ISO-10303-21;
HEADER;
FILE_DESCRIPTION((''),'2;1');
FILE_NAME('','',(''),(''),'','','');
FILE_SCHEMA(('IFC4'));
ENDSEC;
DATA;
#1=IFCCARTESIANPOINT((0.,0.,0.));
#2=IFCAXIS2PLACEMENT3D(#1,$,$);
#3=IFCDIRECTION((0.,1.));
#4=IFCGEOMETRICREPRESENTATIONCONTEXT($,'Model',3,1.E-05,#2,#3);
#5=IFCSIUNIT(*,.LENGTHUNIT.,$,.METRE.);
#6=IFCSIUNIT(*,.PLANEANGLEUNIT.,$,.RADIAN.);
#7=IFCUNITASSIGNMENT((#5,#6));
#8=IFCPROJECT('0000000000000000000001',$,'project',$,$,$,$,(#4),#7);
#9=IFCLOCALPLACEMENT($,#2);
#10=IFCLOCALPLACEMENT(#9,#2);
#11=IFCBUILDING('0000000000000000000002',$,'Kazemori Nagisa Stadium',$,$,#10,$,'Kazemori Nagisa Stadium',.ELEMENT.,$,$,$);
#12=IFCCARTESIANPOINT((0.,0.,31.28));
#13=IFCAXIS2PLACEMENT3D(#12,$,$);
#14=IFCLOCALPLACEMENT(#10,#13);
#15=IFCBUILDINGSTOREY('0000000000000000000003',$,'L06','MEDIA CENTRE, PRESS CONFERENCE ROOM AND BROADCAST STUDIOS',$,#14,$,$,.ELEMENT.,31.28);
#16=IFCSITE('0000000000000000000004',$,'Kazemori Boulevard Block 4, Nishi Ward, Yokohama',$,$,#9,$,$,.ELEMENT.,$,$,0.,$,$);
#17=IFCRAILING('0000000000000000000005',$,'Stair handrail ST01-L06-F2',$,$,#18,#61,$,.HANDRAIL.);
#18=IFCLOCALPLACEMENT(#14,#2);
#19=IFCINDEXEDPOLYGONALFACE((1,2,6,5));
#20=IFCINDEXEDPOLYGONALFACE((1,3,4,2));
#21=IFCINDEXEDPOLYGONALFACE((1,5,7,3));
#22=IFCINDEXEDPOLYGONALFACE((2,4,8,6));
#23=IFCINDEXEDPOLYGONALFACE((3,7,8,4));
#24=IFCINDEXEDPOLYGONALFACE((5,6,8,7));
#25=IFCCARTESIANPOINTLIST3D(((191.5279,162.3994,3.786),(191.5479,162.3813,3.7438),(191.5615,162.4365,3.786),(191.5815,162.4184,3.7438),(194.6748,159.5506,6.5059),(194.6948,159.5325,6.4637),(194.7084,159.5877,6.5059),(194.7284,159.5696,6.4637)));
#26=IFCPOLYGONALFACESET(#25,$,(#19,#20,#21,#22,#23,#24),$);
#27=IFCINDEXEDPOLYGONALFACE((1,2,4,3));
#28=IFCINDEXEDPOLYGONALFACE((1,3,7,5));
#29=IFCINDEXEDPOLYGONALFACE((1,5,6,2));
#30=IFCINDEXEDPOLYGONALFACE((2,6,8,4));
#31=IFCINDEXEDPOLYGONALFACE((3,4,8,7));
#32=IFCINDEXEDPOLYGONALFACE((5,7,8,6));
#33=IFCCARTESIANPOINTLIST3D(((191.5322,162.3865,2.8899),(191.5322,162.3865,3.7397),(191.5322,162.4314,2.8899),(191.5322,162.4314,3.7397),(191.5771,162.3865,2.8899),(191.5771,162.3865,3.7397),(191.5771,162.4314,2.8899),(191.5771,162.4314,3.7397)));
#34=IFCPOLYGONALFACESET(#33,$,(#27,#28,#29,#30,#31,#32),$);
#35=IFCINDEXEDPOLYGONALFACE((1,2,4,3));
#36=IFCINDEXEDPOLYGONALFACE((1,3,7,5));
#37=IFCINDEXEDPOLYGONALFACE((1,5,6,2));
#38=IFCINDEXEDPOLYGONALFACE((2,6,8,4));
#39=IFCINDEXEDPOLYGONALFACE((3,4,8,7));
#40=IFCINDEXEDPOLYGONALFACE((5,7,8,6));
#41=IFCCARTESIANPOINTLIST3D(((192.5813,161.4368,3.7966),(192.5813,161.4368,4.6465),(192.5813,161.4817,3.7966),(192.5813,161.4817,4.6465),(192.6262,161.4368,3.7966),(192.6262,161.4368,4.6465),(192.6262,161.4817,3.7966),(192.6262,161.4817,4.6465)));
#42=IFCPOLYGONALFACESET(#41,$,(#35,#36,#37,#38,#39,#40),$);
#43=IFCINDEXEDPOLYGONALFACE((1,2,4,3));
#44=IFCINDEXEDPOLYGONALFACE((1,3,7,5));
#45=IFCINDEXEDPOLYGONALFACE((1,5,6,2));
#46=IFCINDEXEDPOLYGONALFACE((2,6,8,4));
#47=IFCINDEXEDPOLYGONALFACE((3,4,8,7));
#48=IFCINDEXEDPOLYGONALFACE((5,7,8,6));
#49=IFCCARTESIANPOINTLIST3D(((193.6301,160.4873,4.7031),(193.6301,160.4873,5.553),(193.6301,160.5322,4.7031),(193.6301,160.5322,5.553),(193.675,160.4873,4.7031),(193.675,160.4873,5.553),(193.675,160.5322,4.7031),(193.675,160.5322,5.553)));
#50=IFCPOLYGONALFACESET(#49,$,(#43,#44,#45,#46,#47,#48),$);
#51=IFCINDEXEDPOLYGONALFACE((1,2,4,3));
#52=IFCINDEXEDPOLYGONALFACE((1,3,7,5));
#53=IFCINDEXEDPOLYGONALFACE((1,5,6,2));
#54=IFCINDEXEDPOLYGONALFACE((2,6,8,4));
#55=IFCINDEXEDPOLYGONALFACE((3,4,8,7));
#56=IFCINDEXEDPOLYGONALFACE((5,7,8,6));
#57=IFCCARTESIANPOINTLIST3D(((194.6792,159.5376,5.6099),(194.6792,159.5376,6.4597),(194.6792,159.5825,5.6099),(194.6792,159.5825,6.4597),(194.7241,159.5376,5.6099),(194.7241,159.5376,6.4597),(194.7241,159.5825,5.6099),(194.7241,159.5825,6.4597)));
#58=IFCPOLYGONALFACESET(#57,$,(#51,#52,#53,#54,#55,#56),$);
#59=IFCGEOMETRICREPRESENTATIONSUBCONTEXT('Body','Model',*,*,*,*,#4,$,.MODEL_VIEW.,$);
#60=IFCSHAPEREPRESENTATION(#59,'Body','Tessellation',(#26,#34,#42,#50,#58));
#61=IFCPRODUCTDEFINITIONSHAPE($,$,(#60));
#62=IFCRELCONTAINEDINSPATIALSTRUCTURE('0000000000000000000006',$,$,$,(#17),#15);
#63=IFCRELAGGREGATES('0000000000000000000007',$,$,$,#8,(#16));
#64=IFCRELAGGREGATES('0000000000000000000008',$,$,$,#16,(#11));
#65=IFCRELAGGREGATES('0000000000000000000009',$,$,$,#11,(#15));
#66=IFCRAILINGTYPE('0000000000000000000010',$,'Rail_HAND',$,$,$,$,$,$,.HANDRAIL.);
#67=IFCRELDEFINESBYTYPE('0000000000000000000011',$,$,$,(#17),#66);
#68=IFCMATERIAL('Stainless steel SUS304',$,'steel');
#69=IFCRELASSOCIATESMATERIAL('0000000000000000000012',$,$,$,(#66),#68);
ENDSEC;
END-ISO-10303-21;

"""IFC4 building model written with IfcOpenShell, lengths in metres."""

from ifc_helpers import new_model, si_unit, direction, frame, origin, origin_2d, place, context, subcontext, project, spatial, rectangle, extrude, material, type_object, element, save


model = new_model("IFC4")

# Units and contexts
model_context = context("Model", 3, precision=1e-05, world=origin(), true_north=direction((0.0, 1.0)))
body_context = subcontext(model_context, "Body", "Model", "MODEL_VIEW")
ifc_project = project(units=[si_unit("LENGTHUNIT", "METRE"), si_unit("PLANEANGLEUNIT", "RADIAN")], contexts=[model_context])

# Site, building, storey
site_placement = place(None, origin())
site = spatial("IfcSite", under=ifc_project, at=site_placement, Name="Kazemori Boulevard Block 4, Nishi Ward, Yokohama", CompositionType="ELEMENT", RefElevation=0.0)
building_placement = place(site_placement, origin())
building = spatial("IfcBuilding", under=site, at=building_placement, Name="Kazemori Nagisa Stadium", LongName="Kazemori Nagisa Stadium", CompositionType="ELEMENT")
storey_placement = place(building_placement, frame((0.0, 0.0, 31.28)))
storey = spatial("IfcBuildingStorey", under=building, at=storey_placement, Name="L06", Description="MEDIA CENTRE, PRESS CONFERENCE ROOM AND BROADCAST STUDIOS", CompositionType="ELEMENT", Elevation=31.28)

# Shared definitions
ifc_material_1 = material(Name="Stainless steel SUS304", Category="steel")

# Railing
railing_type = type_object("IfcRailingType", Name="Rail_HAND", PredefinedType="HANDRAIL", material=ifc_material_1)
railing_placement = place(storey_placement, frame((191.5547, 162.4089, 2.8899)))
element("IfcRailing", 1, at=railing_placement, inside=storey, type_object=railing_type, Name="Stair handrail ST01-L06-F2", PredefinedType="HANDRAIL", context=body_context, shape_type="SweptSolid", body=[
    extrude(rectangle(XDim=0.05, YDim=0.05, at=origin_2d()), frame((0.0, 0.0, 0.875), z_axis=(0.624201, -0.565073, 0.539505), x_axis=(0.671123, 0.741346, 0.0)), (0.0, 0.0, 1.0), 5.0415),
    extrude(rectangle(XDim=0.0449, YDim=0.0449, at=origin_2d()), origin(), (0.0, 0.0, 1.0), 0.8499),
    extrude(rectangle(XDim=0.0449, YDim=0.0449, at=origin_2d()), frame((1.0491, -0.9497, 0.9067)), (0.0, 0.0, 1.0), 0.8499),
    extrude(rectangle(XDim=0.0449, YDim=0.0449, at=origin_2d()), frame((2.0979, -1.8992, 1.8132)), (0.0, 0.0, 1.0), 0.8499),
    extrude(rectangle(XDim=0.0449, YDim=0.0449, at=origin_2d()), frame((3.147, -2.8489, 2.72)), (0.0, 0.0, 1.0), 0.8499),
])

save(model, "model.ifc")
